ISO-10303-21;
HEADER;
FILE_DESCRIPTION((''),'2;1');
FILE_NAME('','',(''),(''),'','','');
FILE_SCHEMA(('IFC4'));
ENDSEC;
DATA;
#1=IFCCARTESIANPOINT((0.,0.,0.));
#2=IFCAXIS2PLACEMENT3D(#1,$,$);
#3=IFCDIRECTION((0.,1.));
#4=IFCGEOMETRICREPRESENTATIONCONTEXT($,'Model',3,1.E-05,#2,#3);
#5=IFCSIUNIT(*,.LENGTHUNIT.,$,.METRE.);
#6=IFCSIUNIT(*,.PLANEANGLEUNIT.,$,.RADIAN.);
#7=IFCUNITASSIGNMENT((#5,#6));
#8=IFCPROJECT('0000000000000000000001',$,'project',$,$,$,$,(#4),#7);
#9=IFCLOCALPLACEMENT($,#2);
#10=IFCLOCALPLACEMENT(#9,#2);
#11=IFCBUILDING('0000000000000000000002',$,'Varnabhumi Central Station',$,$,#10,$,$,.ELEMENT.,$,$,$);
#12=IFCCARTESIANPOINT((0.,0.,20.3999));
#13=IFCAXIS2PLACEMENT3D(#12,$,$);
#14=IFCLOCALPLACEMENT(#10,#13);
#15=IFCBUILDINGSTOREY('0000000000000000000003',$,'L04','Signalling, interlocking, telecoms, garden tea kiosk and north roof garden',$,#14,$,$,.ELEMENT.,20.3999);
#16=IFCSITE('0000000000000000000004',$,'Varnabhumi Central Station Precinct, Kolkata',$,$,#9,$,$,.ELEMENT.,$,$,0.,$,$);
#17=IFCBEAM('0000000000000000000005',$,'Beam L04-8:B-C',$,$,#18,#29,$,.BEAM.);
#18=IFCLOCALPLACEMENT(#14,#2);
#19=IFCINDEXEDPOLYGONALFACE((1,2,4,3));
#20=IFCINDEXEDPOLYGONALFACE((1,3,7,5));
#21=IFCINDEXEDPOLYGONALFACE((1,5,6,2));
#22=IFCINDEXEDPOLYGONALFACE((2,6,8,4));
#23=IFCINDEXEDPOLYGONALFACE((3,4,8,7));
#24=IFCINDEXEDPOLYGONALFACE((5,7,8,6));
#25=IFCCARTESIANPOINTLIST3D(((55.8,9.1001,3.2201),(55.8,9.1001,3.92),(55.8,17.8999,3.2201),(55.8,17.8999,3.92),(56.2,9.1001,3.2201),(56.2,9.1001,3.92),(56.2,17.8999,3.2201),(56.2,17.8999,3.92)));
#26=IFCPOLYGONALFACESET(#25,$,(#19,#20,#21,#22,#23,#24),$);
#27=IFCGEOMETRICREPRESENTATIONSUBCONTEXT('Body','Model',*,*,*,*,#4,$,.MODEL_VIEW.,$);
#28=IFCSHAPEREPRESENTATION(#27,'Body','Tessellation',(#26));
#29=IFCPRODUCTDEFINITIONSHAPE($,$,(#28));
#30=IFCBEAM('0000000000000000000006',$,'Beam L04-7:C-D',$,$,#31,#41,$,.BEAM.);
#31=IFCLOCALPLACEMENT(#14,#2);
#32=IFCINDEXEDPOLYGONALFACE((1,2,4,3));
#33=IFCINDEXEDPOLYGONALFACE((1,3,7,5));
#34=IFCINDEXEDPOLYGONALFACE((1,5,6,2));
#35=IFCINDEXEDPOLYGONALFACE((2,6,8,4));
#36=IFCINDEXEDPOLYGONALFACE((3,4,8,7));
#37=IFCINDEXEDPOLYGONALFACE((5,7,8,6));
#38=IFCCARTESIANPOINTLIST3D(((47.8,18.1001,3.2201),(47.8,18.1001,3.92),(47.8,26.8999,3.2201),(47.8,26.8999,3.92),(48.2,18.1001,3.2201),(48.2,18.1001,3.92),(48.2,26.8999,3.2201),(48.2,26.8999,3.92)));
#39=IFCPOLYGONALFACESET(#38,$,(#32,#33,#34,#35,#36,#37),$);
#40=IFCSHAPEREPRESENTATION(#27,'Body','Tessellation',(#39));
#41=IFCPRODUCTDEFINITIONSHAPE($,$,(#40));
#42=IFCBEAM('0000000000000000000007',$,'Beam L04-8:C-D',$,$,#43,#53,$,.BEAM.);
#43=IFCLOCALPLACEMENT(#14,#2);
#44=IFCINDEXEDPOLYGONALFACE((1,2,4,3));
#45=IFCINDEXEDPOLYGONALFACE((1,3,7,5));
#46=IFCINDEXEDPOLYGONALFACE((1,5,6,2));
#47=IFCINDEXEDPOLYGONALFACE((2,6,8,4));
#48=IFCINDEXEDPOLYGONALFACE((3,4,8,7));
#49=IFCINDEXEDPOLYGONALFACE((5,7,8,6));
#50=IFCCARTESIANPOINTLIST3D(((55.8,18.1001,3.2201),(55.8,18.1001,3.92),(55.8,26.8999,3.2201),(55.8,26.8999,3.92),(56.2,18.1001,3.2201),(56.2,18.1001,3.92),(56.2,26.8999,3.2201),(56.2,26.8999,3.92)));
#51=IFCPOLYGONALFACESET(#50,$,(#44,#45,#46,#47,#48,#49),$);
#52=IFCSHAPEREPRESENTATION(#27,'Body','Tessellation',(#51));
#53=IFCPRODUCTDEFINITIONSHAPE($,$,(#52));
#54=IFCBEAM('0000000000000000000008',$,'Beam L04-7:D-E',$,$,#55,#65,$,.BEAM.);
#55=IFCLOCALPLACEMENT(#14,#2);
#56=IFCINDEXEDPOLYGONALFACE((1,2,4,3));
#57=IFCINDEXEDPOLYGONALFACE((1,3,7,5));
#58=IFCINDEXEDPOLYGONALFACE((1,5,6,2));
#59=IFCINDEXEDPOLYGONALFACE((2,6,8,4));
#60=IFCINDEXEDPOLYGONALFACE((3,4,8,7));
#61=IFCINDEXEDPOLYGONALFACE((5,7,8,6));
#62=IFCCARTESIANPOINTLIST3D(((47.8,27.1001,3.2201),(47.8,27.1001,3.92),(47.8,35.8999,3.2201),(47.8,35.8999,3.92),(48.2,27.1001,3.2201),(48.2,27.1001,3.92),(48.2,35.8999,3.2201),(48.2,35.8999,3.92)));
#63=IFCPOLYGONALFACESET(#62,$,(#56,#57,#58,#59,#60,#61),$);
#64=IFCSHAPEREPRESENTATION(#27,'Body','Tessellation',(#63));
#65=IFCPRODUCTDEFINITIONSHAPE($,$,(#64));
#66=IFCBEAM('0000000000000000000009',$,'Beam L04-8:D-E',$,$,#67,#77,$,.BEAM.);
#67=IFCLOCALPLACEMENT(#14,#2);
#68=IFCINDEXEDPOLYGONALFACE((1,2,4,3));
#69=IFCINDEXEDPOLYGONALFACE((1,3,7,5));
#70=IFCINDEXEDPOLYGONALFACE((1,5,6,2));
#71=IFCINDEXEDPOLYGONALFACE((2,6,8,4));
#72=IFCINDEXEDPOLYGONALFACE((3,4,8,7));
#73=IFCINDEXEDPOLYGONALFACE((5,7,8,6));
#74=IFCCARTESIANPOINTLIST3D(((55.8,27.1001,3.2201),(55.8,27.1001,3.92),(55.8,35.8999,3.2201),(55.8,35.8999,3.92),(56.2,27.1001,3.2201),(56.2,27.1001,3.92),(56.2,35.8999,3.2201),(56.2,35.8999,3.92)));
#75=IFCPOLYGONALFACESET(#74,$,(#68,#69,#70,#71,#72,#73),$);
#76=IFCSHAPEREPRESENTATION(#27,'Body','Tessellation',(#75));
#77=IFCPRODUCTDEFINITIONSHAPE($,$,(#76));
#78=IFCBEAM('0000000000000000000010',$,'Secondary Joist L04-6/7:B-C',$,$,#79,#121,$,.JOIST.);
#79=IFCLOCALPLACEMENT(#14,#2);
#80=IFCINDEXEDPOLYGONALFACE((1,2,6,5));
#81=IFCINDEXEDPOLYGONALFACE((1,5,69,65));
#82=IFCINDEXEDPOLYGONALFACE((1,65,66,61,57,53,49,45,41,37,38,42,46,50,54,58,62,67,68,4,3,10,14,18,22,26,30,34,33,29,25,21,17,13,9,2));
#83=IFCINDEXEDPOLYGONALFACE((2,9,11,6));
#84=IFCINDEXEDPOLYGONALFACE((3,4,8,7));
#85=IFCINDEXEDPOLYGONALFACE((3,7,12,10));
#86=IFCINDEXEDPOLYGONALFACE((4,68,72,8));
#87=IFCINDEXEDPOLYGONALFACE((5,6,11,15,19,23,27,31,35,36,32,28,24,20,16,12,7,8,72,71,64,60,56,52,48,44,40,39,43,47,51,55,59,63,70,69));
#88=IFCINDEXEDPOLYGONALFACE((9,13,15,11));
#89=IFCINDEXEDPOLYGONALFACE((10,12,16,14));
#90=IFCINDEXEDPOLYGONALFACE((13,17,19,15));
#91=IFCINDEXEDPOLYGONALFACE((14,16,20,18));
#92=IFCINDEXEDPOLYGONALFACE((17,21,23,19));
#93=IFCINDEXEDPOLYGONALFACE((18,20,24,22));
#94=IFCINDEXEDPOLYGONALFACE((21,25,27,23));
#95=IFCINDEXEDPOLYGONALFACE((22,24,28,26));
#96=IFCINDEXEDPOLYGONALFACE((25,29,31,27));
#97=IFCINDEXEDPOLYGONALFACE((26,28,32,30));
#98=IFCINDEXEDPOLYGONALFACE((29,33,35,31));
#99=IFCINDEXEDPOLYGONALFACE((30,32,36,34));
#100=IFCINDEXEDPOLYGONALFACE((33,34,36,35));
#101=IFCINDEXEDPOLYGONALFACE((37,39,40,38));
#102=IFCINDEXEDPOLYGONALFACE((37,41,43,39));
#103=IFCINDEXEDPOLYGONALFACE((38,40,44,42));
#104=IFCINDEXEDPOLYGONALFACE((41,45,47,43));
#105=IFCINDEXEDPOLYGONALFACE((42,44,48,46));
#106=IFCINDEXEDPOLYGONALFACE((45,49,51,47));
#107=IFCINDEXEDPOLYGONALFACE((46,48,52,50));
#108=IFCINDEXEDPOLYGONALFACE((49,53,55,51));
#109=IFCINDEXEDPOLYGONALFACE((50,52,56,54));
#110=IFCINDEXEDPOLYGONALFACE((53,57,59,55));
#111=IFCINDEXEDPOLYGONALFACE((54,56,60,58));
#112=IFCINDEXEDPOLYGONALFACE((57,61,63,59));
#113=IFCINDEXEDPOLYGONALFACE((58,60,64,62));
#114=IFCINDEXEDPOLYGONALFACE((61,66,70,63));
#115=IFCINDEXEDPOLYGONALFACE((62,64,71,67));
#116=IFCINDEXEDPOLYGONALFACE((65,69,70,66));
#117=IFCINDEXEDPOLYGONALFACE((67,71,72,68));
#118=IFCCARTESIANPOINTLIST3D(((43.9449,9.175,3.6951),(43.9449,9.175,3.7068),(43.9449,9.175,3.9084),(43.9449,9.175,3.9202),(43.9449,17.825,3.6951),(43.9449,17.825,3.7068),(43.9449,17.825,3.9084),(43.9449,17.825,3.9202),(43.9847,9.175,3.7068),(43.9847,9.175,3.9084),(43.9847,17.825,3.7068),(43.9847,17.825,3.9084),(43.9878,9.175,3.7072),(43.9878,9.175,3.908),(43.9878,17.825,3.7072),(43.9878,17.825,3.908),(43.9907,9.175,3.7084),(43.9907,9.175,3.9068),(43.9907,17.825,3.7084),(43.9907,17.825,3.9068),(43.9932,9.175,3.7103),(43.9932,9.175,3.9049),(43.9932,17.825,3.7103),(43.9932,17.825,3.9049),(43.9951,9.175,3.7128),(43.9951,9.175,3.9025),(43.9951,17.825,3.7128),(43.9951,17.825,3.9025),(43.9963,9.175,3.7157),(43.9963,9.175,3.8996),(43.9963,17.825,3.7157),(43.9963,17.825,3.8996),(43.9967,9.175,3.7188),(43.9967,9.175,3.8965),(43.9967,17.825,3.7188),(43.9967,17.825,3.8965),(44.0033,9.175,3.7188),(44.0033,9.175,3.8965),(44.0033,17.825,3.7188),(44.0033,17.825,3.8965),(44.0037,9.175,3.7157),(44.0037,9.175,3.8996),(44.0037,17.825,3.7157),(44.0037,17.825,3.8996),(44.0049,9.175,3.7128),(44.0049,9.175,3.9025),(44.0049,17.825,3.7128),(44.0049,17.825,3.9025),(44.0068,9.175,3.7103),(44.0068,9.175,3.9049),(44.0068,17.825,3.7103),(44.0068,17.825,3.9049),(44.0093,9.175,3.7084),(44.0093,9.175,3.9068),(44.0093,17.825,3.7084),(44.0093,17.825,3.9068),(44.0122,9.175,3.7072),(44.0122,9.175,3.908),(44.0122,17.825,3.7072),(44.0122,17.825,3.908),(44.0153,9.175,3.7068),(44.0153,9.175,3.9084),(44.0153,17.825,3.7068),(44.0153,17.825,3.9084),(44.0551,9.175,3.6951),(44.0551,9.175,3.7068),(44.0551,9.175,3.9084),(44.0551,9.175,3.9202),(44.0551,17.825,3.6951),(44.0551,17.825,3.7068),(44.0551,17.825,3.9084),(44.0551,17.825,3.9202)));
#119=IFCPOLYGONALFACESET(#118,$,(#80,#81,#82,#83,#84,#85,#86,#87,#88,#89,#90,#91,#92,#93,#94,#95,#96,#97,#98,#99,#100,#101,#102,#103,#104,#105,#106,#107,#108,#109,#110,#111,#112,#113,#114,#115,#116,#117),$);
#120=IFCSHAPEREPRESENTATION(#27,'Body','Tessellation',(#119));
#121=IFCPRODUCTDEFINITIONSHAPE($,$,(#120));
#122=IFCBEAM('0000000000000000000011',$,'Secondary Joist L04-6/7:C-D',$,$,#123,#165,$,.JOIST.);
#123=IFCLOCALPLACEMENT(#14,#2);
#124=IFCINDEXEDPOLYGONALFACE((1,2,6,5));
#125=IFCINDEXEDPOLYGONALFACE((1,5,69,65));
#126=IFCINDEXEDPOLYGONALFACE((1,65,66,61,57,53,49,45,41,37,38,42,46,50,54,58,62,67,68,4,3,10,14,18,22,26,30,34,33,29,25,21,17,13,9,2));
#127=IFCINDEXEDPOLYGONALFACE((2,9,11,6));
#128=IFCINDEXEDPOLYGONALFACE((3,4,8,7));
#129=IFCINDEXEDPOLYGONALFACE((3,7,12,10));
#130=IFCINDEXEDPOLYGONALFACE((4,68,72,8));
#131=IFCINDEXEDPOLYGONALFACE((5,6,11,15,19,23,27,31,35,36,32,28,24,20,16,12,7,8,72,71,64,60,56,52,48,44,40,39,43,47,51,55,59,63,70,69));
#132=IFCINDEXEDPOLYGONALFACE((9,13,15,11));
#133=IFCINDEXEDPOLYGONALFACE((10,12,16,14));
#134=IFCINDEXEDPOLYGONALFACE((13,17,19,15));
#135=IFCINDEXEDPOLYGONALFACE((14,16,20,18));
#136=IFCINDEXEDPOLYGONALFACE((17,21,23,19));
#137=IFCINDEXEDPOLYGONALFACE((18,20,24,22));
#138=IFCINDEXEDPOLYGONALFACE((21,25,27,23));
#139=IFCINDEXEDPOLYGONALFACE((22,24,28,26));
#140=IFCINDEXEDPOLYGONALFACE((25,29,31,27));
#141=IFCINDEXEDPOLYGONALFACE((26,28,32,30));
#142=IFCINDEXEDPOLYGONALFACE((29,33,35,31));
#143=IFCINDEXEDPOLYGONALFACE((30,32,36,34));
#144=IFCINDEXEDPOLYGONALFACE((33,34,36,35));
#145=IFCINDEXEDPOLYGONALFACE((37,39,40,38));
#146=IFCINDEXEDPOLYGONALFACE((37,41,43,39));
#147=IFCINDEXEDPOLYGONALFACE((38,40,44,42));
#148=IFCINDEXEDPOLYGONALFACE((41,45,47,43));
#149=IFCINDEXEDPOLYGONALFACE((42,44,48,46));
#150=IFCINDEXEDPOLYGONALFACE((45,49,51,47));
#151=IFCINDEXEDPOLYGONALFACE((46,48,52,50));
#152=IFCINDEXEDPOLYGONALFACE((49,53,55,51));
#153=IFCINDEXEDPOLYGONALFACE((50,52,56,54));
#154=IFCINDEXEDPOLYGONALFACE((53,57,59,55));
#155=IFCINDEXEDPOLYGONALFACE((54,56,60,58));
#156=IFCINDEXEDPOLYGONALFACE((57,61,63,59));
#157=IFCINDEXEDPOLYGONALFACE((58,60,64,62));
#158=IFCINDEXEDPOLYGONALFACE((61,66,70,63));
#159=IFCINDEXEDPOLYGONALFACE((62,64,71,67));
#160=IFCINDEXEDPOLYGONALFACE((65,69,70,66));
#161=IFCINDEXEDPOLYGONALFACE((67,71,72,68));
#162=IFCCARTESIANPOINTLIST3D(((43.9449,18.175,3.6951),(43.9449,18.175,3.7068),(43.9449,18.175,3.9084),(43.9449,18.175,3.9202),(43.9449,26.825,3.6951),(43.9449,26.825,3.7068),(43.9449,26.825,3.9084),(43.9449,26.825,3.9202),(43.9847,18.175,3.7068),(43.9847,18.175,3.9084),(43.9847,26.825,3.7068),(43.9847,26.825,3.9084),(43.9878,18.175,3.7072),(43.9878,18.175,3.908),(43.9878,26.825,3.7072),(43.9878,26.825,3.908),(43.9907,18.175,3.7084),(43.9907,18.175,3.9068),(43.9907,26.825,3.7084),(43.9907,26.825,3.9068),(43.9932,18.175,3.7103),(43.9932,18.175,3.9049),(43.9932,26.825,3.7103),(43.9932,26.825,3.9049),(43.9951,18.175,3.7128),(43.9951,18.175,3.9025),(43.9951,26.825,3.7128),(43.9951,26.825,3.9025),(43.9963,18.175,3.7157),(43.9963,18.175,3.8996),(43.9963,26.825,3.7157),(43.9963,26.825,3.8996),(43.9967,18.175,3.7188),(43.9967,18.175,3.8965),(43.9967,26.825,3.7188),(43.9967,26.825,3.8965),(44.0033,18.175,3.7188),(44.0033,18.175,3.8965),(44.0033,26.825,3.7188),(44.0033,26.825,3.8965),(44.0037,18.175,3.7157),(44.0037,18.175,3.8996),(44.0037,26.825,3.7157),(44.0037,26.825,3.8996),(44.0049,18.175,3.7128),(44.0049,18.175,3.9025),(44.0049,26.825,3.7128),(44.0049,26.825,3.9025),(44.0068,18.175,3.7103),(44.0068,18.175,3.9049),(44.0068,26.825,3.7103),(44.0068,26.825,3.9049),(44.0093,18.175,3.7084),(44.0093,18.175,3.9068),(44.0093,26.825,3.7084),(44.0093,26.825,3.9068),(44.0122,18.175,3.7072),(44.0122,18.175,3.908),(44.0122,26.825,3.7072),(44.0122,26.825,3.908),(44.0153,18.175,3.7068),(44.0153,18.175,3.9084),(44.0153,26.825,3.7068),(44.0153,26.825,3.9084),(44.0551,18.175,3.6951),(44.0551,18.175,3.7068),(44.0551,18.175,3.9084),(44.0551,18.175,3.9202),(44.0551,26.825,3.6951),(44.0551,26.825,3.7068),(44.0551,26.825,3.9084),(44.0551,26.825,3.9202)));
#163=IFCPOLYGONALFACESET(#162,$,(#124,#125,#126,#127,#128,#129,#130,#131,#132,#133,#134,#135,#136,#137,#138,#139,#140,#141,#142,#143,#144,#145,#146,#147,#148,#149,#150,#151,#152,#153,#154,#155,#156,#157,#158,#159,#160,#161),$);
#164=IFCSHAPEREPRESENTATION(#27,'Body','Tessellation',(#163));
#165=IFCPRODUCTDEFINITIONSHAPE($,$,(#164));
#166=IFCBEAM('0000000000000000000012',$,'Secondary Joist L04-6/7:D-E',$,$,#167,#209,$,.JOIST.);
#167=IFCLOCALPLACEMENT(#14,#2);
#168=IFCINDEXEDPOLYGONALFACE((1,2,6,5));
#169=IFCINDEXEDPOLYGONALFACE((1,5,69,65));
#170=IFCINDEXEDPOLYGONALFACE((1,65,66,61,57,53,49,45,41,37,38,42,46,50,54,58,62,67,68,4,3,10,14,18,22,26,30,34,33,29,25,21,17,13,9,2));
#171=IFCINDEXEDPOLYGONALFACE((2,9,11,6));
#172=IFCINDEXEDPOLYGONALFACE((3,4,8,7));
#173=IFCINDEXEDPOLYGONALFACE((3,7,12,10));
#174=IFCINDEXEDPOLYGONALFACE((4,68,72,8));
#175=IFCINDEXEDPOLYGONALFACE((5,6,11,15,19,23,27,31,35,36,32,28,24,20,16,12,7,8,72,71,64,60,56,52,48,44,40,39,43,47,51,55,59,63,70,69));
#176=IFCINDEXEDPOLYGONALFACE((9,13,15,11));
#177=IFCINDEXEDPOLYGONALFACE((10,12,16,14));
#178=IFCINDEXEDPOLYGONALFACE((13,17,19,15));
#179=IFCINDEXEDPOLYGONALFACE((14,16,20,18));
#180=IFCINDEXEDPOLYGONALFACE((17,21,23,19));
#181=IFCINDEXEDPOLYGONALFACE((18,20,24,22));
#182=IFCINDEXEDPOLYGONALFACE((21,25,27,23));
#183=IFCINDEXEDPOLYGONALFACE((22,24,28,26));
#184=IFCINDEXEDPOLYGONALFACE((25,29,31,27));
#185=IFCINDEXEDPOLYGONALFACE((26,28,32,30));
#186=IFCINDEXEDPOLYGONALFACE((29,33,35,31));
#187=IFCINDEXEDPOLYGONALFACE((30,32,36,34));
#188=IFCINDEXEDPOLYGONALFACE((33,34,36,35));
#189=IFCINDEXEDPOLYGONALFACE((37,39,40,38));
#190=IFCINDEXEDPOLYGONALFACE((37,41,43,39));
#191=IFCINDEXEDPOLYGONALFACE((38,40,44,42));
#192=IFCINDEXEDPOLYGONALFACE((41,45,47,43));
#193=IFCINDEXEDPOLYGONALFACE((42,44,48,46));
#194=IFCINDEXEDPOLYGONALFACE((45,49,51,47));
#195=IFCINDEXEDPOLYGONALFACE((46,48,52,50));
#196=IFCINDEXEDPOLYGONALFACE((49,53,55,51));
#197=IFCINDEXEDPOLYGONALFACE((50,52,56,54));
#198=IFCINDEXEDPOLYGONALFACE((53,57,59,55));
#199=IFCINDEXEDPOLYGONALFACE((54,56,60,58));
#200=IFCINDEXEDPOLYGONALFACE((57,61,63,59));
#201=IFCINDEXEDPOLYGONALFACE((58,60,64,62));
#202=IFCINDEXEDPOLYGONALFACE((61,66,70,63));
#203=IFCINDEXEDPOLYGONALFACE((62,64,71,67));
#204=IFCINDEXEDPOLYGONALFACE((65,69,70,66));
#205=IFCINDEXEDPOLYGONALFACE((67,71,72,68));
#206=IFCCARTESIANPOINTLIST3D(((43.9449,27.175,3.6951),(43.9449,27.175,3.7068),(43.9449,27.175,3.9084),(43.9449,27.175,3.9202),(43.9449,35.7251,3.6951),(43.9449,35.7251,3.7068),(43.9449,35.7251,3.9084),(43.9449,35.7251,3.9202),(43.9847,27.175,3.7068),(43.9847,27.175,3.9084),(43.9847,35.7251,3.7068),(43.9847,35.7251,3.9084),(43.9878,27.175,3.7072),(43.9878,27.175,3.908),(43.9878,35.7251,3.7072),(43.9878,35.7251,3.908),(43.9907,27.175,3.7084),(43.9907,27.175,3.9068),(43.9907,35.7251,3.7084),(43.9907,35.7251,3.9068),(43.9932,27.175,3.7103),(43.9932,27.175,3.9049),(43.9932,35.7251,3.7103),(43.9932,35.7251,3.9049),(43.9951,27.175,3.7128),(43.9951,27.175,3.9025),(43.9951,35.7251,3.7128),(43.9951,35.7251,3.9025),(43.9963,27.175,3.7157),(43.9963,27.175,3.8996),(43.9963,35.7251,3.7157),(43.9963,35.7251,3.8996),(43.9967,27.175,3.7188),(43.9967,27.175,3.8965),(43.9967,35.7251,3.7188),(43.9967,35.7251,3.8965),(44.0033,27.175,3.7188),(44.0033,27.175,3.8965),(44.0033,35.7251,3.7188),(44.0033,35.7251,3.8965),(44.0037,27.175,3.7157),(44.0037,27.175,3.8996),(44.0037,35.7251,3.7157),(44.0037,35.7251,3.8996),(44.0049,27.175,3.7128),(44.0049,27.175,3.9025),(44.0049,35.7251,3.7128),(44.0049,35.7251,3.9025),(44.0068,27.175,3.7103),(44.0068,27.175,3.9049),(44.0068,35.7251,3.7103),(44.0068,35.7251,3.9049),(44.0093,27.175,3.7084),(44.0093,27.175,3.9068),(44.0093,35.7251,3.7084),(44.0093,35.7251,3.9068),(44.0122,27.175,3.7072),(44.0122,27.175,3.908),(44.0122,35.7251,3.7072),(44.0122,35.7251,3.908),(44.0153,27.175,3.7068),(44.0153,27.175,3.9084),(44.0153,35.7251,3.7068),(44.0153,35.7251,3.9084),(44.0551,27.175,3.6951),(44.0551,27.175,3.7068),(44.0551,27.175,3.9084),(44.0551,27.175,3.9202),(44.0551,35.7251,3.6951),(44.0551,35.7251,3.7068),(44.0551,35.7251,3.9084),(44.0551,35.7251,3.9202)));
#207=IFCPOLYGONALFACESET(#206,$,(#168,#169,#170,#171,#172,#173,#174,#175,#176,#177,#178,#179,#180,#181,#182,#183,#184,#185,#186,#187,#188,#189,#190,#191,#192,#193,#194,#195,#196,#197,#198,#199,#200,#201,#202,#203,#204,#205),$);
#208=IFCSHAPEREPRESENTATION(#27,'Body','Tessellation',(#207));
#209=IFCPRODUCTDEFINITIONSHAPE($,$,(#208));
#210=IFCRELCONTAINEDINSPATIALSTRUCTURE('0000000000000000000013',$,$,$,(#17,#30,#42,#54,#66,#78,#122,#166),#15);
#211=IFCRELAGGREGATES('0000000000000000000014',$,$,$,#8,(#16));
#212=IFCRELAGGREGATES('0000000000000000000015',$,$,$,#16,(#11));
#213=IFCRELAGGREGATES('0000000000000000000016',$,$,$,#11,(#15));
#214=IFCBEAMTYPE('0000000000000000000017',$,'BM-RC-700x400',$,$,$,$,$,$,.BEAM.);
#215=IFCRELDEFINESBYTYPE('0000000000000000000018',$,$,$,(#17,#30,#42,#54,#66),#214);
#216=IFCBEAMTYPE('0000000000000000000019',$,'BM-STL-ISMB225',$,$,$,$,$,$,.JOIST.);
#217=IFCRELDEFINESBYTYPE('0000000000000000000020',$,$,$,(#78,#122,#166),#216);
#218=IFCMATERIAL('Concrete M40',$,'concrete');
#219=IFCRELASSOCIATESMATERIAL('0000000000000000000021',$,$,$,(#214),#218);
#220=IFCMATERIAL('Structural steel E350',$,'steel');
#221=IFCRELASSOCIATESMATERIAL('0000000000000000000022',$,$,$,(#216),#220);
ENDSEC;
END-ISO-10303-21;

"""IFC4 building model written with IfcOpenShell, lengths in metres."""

from ifc_helpers import new_model, si_unit, direction, frame, origin, origin_2d, place, context, subcontext, project, spatial, rectangle, i_section, extrude, material, material_profile, profile_set, type_object, element, save


model = new_model("IFC4")

# Units and contexts
model_context = context("Model", 3, precision=1e-05, world=origin(), true_north=direction((0.0, 1.0)))
body_context = subcontext(model_context, "Body", "Model", "MODEL_VIEW")
ifc_project = project(units=[si_unit("LENGTHUNIT", "METRE"), si_unit("PLANEANGLEUNIT", "RADIAN")], contexts=[model_context])

# Site, building, storey
site_placement = place(None, origin())
site = spatial("IfcSite", under=ifc_project, at=site_placement, Name="Varnabhumi Central Station Precinct, Kolkata", CompositionType="ELEMENT", RefElevation=0.0)
building_placement = place(site_placement, origin())
building = spatial("IfcBuilding", under=site, at=building_placement, Name="Varnabhumi Central Station", CompositionType="ELEMENT")
storey_placement = place(building_placement, frame((0.0, 0.0, 20.3999)))
storey = spatial("IfcBuildingStorey", under=building, at=storey_placement, Name="L04", Description="Signalling, interlocking, telecoms, garden tea kiosk and north roof garden", CompositionType="ELEMENT", Elevation=20.3999)

# Shared definitions
ifc_material_1 = material(Name="Concrete M40", Category="concrete")

# Beams
ifc_material_profile_1 = material_profile(ifc_material_1, rectangle(XDim=0.3999, YDim=0.7, at=origin_2d()), Name="Concrete M40", Category="concrete")
ifc_profile_set_1 = profile_set([ifc_material_profile_1], Name="Concrete M40")
beam_type_1 = type_object("IfcBeamType", Name="BM-RC-700x400", PredefinedType="BEAM", material=ifc_profile_set_1)
for number, where, z_axis, x_axis, name in (
    (1, (56.0, 9.1001, 3.5701), (0.0, 1.0, 0.0), (-1.0, 0.0, 0.0), "Beam L04-8:B-C"),
    (2, (48.0, 18.1001, 3.5701), (0.0, 1.0, 0.0), (-1.0, 0.0, 0.0), "Beam L04-7:C-D"),
    (3, (56.0, 18.1001, 3.5701), (0.0, 1.0, 0.0), (-1.0, 0.0, 0.0), "Beam L04-8:C-D"),
    (4, (48.0, 27.1001, 3.5701), (0.0, 1.0, 0.0), (-1.0, 0.0, 0.0), "Beam L04-7:D-E"),
    (5, (56.0, 27.1001, 3.5701), (0.0, 1.0, 0.0), (-1.0, 0.0, 0.0), "Beam L04-8:D-E"),
):
    element("IfcBeam", number, at=place(storey_placement, frame(where, z_axis=z_axis, x_axis=x_axis)), inside=storey, type_object=beam_type_1, Name=name, PredefinedType="BEAM", context=body_context, shape_type="SweptSolid", body=[
        extrude(rectangle(XDim=0.3999, YDim=0.7, at=origin_2d()), origin(), (0.0, 0.0, 1.0), 8.7998),
    ])
ifc_material_2 = material(Name="Structural steel E350", Category="steel")
ifc_material_profile_2 = material_profile(ifc_material_2, i_section(OverallWidth=0.1101, OverallDepth=0.2251, WebThickness=0.0066, FlangeThickness=0.0117, FilletRadius=0.012, at=origin_2d()), Name="Structural steel E350", Category="steel")
ifc_profile_set_2 = profile_set([ifc_material_profile_2], Name="Structural steel E350")
beam_type_2 = type_object("IfcBeamType", Name="BM-STL-ISMB225", PredefinedType="JOIST", material=ifc_profile_set_2)
for number, where, z_axis, x_axis, name in (
    (6, (44.0, 9.175, 3.8076), (0.0, 1.0, 0.0), (-1.0, 0.0, 0.0), "Secondary Joist L04-6/7:B-C"),
    (7, (44.0, 18.175, 3.8076), (0.0, 1.0, 0.0), (-1.0, 0.0, 0.0), "Secondary Joist L04-6/7:C-D"),
):
    element("IfcBeam", number, at=place(storey_placement, frame(where, z_axis=z_axis, x_axis=x_axis)), inside=storey, type_object=beam_type_2, Name=name, PredefinedType="JOIST", context=body_context, shape_type="SweptSolid", body=[
        extrude(i_section(OverallWidth=0.1101, OverallDepth=0.2251, WebThickness=0.0066, FlangeThickness=0.0117, FilletRadius=0.012, at=origin_2d()), origin(), (0.0, 0.0, 1.0), 8.6499),
    ])
beam_1_placement = place(storey_placement, frame((44.0, 27.175, 3.8076), z_axis=(0.0, 1.0, 0.0), x_axis=(-1.0, 0.0, 0.0)))
element("IfcBeam", 8, at=beam_1_placement, inside=storey, type_object=beam_type_2, Name="Secondary Joist L04-6/7:D-E", PredefinedType="JOIST", context=body_context, shape_type="SweptSolid", body=[
    extrude(i_section(OverallWidth=0.1101, OverallDepth=0.2251, WebThickness=0.0066, FlangeThickness=0.0117, FilletRadius=0.012, at=origin_2d()), origin(), (0.0, 0.0, 1.0), 8.55),
])

save(model, "model.ifc")
